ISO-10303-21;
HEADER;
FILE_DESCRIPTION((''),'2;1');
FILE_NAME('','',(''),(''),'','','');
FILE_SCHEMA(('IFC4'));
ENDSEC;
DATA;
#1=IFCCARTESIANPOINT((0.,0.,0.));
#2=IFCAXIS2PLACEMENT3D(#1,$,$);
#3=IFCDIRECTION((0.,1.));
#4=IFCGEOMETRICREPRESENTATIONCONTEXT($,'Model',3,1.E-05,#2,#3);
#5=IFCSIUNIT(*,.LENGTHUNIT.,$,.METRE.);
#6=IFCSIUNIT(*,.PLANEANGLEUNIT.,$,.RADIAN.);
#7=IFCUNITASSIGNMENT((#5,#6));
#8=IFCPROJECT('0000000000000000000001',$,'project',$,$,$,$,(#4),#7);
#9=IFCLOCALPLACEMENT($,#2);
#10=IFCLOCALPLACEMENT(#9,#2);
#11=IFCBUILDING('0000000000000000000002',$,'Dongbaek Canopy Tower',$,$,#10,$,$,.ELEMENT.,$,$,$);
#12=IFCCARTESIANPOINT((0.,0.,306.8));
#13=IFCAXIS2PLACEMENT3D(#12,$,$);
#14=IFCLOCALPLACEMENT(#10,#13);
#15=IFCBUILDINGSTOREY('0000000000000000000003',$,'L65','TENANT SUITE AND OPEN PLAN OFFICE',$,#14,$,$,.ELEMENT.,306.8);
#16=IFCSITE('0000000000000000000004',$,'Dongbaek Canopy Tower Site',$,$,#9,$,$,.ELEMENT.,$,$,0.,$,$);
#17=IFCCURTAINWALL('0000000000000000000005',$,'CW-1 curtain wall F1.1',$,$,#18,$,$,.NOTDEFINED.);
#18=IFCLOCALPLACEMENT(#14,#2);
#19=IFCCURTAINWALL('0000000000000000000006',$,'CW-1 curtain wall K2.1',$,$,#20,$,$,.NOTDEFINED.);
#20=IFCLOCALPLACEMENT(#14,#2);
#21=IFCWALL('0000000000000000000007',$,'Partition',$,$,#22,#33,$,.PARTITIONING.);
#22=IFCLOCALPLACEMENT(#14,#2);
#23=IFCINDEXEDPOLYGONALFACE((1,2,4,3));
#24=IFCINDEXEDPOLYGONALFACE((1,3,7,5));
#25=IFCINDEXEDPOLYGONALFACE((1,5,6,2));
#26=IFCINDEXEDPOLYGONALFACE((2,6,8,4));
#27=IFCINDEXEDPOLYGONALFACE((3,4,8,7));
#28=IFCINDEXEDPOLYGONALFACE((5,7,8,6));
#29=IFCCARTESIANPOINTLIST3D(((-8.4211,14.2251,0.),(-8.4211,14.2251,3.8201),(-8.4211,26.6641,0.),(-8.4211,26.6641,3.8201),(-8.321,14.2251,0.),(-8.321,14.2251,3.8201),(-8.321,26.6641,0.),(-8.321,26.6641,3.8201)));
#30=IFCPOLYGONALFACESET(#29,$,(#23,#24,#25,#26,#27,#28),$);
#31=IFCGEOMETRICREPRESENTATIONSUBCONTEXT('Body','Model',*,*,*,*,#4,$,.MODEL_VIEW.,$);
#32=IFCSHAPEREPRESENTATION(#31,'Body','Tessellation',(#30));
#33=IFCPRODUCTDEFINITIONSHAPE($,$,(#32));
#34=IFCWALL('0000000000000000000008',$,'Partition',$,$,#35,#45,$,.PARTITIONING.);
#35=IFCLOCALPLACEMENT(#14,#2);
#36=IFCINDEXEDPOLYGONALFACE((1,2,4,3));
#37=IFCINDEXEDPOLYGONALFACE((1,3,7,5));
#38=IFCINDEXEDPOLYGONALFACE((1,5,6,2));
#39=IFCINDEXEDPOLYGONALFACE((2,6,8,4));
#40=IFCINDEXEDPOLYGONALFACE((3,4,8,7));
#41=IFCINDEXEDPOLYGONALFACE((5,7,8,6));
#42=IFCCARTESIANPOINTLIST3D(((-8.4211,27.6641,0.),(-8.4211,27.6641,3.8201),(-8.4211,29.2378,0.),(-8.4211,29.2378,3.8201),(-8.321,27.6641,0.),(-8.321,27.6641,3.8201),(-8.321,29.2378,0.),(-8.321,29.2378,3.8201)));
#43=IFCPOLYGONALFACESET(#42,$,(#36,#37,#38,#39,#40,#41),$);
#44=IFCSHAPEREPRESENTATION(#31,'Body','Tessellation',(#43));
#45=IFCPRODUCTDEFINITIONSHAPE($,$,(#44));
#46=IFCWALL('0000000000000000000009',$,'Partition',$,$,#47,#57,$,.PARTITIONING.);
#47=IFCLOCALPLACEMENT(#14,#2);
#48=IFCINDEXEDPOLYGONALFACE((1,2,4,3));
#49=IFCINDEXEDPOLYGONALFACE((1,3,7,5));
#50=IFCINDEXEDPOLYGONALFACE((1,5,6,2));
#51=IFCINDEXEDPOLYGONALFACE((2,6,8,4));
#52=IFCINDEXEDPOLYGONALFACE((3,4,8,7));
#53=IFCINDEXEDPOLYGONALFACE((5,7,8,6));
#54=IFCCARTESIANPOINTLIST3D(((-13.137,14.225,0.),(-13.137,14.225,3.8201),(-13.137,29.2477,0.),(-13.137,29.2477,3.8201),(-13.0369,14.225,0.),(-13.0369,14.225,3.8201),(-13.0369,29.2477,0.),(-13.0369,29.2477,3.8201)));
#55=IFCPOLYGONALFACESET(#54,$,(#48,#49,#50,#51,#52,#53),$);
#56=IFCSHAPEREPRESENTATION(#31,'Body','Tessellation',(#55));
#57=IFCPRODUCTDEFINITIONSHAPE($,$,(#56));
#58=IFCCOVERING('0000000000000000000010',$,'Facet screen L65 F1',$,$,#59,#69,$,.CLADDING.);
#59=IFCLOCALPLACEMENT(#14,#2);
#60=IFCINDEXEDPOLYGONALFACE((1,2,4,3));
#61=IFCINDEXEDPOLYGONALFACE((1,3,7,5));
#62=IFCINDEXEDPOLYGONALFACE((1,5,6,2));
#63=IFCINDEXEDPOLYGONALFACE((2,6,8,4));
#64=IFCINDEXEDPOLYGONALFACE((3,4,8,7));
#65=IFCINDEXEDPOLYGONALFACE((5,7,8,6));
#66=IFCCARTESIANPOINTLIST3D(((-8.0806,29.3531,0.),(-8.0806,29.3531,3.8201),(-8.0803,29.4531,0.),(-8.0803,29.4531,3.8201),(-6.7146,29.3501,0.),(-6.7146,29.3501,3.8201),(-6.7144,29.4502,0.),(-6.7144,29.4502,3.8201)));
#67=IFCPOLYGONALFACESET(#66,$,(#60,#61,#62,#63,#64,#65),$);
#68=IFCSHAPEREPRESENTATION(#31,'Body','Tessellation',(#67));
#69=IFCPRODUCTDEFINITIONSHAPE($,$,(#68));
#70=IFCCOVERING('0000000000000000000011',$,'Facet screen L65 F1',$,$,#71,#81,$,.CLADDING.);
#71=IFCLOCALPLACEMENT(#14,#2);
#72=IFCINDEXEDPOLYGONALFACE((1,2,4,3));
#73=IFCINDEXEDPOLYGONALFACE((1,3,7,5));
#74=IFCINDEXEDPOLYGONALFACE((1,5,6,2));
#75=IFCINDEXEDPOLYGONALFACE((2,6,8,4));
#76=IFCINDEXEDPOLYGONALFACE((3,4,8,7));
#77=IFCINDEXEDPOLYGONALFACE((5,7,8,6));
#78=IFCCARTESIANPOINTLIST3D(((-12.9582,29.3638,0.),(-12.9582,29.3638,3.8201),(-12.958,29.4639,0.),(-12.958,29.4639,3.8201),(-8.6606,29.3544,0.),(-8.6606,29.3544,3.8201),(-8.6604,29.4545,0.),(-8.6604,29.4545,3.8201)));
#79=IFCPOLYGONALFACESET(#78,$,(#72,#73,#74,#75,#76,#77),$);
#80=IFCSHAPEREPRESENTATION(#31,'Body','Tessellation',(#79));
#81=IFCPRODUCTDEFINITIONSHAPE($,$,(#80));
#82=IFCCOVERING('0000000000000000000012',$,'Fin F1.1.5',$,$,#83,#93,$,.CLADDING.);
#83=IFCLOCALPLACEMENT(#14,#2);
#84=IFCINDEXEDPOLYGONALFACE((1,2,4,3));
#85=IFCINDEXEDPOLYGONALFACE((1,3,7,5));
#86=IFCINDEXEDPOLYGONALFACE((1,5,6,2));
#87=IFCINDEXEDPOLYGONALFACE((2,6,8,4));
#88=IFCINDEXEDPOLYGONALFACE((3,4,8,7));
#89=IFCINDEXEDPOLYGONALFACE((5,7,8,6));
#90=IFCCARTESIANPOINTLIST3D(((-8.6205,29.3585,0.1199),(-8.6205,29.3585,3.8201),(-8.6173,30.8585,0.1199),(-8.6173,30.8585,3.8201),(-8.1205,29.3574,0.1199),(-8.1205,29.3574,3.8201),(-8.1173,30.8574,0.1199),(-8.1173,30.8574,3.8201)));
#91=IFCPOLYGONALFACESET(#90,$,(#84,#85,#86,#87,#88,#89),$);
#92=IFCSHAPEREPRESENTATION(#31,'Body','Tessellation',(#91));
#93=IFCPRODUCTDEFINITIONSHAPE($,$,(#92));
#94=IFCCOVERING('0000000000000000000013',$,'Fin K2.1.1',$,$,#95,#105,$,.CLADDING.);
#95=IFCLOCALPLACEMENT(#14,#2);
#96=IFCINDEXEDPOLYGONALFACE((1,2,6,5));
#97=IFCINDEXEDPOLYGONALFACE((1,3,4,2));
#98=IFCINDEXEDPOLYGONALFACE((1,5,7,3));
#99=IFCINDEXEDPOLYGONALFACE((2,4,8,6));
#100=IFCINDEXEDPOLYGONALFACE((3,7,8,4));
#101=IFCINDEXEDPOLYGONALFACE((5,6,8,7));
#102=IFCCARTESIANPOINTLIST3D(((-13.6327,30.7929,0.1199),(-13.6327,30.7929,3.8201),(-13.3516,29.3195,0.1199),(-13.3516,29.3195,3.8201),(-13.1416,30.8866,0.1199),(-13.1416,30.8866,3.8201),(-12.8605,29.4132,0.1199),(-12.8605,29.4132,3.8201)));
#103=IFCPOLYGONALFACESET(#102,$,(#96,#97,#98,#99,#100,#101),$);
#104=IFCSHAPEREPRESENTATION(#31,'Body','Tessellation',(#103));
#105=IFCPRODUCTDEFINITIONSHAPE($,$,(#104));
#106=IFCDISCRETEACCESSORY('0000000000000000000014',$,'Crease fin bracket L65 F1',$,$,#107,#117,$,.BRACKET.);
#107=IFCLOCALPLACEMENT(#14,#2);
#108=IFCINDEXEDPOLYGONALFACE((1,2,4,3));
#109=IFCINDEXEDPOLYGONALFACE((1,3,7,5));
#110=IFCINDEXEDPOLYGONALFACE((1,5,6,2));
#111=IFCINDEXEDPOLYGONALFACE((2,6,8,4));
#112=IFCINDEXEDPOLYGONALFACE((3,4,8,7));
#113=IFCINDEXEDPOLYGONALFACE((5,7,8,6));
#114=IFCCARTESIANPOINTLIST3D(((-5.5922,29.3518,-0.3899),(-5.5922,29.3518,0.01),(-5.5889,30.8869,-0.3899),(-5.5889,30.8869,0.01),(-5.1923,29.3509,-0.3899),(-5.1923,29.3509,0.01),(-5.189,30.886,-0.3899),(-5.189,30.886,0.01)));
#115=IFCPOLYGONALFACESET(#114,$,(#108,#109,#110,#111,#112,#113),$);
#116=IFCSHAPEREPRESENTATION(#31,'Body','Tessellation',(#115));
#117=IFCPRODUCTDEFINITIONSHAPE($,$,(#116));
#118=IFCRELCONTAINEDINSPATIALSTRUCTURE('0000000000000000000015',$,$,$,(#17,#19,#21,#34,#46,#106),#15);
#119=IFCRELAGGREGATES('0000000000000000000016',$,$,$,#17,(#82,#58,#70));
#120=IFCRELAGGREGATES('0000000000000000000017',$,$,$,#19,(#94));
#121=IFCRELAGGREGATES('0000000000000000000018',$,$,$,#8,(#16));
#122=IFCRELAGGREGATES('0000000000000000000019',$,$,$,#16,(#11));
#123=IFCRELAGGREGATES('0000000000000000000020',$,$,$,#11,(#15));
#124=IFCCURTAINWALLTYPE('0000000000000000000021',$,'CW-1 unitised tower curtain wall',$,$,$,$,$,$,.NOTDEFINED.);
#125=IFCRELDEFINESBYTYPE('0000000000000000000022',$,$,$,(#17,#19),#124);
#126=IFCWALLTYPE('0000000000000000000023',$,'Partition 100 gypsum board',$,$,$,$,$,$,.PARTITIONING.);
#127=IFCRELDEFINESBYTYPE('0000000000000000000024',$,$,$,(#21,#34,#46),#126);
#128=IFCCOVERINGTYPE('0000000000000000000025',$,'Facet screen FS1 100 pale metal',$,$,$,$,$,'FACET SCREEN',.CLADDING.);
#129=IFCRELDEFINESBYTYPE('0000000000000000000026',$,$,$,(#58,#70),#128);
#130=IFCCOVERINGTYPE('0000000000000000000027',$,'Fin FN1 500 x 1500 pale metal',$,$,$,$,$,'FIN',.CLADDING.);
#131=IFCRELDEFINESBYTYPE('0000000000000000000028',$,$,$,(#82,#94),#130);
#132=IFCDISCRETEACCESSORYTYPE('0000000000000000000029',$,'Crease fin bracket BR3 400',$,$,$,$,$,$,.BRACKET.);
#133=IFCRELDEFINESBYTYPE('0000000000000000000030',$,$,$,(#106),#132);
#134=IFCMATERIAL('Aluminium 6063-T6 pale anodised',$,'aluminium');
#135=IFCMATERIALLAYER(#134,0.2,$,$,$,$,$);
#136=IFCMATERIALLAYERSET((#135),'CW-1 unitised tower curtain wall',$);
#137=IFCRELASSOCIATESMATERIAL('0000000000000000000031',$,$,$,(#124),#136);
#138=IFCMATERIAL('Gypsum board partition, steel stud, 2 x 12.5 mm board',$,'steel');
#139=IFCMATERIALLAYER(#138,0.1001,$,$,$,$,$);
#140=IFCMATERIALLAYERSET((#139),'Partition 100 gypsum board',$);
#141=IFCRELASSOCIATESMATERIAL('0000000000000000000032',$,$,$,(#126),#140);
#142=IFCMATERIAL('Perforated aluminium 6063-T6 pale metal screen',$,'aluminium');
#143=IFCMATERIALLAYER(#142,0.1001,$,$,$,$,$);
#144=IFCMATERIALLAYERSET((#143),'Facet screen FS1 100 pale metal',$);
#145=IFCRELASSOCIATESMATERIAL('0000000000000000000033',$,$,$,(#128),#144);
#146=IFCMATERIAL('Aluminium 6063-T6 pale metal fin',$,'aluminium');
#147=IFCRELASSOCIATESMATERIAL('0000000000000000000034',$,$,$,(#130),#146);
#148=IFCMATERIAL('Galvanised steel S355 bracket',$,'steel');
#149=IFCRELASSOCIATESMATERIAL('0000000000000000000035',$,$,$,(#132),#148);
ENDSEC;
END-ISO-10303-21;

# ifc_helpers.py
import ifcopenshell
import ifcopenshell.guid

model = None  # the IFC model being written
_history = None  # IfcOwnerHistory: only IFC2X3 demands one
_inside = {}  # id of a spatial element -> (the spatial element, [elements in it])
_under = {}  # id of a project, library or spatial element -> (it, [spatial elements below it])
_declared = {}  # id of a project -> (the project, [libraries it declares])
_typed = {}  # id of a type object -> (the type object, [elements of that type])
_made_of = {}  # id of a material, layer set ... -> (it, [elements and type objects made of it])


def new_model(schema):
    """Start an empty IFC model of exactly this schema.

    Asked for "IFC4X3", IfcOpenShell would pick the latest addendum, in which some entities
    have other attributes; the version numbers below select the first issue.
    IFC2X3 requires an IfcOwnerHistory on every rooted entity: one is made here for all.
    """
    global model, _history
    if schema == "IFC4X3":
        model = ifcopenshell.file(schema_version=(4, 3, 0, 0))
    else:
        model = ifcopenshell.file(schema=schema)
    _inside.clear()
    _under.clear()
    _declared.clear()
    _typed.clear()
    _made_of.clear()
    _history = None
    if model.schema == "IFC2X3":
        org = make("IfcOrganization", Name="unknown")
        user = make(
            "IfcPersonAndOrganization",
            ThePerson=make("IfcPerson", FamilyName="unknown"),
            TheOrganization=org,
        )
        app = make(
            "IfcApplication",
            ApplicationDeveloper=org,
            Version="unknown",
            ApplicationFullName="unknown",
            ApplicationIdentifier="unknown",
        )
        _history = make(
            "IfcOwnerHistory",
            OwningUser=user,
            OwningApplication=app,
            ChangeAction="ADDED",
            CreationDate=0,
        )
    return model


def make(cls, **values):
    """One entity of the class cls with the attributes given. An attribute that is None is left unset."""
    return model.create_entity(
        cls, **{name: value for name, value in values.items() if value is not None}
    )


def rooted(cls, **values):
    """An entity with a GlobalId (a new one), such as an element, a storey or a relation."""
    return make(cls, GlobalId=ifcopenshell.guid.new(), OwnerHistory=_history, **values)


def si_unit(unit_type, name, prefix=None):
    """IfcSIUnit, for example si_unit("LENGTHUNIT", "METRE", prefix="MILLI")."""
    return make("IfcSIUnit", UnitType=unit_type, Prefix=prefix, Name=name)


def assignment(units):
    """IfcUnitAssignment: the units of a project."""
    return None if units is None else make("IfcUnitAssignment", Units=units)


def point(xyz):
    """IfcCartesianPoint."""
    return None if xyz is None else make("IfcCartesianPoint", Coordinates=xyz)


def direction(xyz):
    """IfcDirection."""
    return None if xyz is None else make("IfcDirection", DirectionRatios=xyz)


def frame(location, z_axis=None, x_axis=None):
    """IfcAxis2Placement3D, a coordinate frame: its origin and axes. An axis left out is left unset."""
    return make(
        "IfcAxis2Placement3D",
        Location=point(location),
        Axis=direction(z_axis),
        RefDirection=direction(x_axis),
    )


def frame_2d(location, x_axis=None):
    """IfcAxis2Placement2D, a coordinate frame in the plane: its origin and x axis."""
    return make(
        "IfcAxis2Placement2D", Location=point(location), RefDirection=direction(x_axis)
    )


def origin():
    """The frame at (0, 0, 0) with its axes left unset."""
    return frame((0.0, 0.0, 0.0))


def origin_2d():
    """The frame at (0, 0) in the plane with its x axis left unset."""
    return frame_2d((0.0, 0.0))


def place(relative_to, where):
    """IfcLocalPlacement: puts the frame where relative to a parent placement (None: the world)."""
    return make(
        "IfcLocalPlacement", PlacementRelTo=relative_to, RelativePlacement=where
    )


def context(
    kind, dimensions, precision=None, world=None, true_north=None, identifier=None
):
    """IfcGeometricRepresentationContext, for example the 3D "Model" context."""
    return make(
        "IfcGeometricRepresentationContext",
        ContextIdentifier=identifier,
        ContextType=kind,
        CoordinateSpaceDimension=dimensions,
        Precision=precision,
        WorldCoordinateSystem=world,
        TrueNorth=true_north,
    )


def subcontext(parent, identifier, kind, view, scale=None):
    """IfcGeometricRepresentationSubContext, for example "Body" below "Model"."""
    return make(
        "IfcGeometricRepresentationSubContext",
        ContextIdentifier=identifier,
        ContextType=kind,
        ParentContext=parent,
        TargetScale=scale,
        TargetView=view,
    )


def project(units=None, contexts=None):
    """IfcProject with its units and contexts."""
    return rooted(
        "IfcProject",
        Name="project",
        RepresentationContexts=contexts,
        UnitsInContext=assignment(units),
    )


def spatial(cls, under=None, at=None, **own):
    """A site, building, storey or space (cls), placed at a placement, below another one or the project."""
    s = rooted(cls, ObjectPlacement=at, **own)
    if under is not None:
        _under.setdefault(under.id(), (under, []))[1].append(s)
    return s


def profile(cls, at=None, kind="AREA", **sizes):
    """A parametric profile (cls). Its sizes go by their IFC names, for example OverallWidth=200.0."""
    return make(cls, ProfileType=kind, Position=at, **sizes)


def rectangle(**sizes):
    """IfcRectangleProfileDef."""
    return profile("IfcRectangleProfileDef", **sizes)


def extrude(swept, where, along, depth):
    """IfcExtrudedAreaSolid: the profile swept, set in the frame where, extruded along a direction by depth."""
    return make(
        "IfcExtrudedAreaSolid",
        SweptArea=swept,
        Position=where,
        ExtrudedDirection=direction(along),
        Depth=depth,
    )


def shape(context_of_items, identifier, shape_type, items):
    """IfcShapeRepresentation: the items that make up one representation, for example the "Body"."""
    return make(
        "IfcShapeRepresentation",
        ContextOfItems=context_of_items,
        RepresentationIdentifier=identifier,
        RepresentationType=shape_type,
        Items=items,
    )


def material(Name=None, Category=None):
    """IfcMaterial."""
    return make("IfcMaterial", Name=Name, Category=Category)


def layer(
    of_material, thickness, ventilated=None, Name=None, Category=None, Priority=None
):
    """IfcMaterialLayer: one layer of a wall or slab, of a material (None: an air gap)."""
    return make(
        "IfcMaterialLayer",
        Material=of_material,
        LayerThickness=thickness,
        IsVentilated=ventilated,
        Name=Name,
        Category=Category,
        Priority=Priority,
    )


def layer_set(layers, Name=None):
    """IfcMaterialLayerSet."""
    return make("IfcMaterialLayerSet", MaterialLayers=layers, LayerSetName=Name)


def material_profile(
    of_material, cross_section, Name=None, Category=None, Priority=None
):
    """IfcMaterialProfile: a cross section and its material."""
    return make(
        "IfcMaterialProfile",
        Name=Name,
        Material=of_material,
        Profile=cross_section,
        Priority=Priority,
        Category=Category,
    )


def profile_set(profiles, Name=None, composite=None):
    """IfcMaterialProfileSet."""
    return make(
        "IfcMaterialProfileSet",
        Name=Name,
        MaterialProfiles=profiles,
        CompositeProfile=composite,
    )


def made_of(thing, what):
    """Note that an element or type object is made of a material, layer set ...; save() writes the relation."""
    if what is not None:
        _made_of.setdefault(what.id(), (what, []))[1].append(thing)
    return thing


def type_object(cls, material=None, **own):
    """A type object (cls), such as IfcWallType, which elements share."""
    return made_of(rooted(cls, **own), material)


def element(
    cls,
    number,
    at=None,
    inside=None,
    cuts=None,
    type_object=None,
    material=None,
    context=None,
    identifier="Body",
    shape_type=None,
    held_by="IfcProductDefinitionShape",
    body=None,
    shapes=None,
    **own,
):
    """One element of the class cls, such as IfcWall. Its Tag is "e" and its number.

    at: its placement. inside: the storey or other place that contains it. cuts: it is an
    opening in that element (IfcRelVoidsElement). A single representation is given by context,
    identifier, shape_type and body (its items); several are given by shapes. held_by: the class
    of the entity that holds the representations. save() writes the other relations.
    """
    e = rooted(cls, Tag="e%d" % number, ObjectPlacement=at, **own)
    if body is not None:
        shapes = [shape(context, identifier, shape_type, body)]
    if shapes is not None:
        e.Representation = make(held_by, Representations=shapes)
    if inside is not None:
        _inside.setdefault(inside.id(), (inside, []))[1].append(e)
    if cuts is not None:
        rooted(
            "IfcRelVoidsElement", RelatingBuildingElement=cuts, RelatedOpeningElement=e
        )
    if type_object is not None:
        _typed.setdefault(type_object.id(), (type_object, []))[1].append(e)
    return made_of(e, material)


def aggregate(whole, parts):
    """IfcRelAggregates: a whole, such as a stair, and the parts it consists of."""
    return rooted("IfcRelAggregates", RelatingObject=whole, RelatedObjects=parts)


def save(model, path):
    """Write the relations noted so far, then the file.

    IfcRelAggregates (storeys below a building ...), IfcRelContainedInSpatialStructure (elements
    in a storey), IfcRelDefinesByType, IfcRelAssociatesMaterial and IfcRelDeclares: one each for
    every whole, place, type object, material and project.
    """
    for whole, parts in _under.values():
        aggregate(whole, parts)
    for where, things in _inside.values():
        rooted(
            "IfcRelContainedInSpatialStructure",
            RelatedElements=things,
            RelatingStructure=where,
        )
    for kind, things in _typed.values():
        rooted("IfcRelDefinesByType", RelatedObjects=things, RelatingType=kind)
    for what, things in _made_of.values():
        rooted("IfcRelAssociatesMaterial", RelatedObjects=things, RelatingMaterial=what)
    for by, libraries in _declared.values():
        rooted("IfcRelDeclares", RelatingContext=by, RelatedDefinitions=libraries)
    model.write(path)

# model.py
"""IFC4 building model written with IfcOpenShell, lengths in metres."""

from ifc_helpers import new_model, si_unit, direction, frame, frame_2d, origin, origin_2d, place, context, subcontext, project, spatial, rectangle, extrude, material, layer, layer_set, material_profile, profile_set, type_object, element, aggregate, save


model = new_model("IFC4")

# Units and contexts
model_context = context("Model", 3, precision=1e-05, world=origin(), true_north=direction((0.0, 1.0)))
body_context = subcontext(model_context, "Body", "Model", "MODEL_VIEW")
ifc_project = project(units=[si_unit("LENGTHUNIT", "METRE"), si_unit("PLANEANGLEUNIT", "RADIAN")], contexts=[model_context])

# Site, building, storey
site_placement = place(None, origin())
site = spatial("IfcSite", under=ifc_project, at=site_placement, Name="Dongbaek Canopy Tower Site", CompositionType="ELEMENT", RefElevation=0.0)
building_placement = place(site_placement, origin())
building = spatial("IfcBuilding", under=site, at=building_placement, Name="Dongbaek Canopy Tower", CompositionType="ELEMENT")
storey_placement = place(building_placement, frame((0.0, 0.0, 306.8)))
storey = spatial("IfcBuildingStorey", under=building, at=storey_placement, Name="L65", Description="TENANT SUITE AND OPEN PLAN OFFICE", CompositionType="ELEMENT", Elevation=306.8)

# Curtain wall
ifc_material_1 = material(Name="Aluminium 6063-T6 pale anodised", Category="aluminium")
ifc_layer_1 = layer(ifc_material_1, 0.2)
ifc_layer_set_1 = layer_set([ifc_layer_1], Name="CW-1 unitised tower curtain wall")
curtain_wall_type = type_object("IfcCurtainWallType", Name="CW-1 unitised tower curtain wall", PredefinedType="NOTDEFINED", material=ifc_layer_set_1)
curtain_wall_1_placement = place(storey_placement, origin())
curtain_wall_1 = element("IfcCurtainWall", 1, at=curtain_wall_1_placement, inside=storey, type_object=curtain_wall_type, Name="CW-1 curtain wall F1.1", PredefinedType="NOTDEFINED")

# Curtain wall
curtain_wall_2_placement = place(storey_placement, origin())
curtain_wall_2 = element("IfcCurtainWall", 2, at=curtain_wall_2_placement, inside=storey, type_object=curtain_wall_type, Name="CW-1 curtain wall K2.1", PredefinedType="NOTDEFINED")

# Walls
ifc_material_2 = material(Name="Gypsum board partition, steel stud, 2 x 12.5 mm board", Category="steel")
ifc_layer_2 = layer(ifc_material_2, 0.1001)
ifc_layer_set_2 = layer_set([ifc_layer_2], Name="Partition 100 gypsum board")
wall_type = type_object("IfcWallType", Name="Partition 100 gypsum board", PredefinedType="PARTITIONING", material=ifc_layer_set_2)
wall_1_placement = place(storey_placement, frame((-8.3711, 14.2251, 0.0), z_axis=(0.0, 0.0, 1.0), x_axis=(0.0, 1.0, 0.0)))
element("IfcWall", 3, at=wall_1_placement, inside=storey, type_object=wall_type, Name="Partition", PredefinedType="PARTITIONING", context=body_context, shape_type="SweptSolid", body=[
    extrude(rectangle(XDim=12.439, YDim=0.1001, at=frame_2d((6.2195, 0.0))), origin(), (0.0, 0.0, 1.0), 3.8201),
])
wall_2_placement = place(storey_placement, frame((-8.3711, 27.6641, 0.0), z_axis=(0.0, 0.0, 1.0), x_axis=(0.0, 1.0, 0.0)))
element("IfcWall", 4, at=wall_2_placement, inside=storey, type_object=wall_type, Name="Partition", PredefinedType="PARTITIONING", context=body_context, shape_type="SweptSolid", body=[
    extrude(rectangle(XDim=1.5737, YDim=0.1001, at=frame_2d((0.7869, 0.0))), origin(), (0.0, 0.0, 1.0), 3.8201),
])
wall_3_placement = place(storey_placement, frame((-13.0869, 14.2251, 0.0), z_axis=(0.0, 0.0, 1.0), x_axis=(0.0, 1.0, 0.0)))
element("IfcWall", 5, at=wall_3_placement, inside=storey, type_object=wall_type, Name="Partition", PredefinedType="PARTITIONING", context=body_context, shape_type="SweptSolid", body=[
    extrude(rectangle(XDim=15.0227, YDim=0.1001, at=frame_2d((7.5112, 0.0))), origin(), (0.0, 0.0, 1.0), 3.8201),
])

# Coverings
ifc_material_3 = material(Name="Perforated aluminium 6063-T6 pale metal screen", Category="aluminium")
ifc_layer_3 = layer(ifc_material_3, 0.1001)
ifc_layer_set_3 = layer_set([ifc_layer_3], Name="Facet screen FS1 100 pale metal")
covering_type_1 = type_object("IfcCoveringType", Name="Facet screen FS1 100 pale metal", ElementType="FACET SCREEN", PredefinedType="CLADDING", material=ifc_layer_set_3)
covering_1_placement = place(storey_placement, frame((-7.3975, 29.4016, 0.0), z_axis=(0.0, 0.0, 1.0), x_axis=(-0.999998, 0.00218, 0.0)))
covering_1 = element("IfcCovering", 6, at=covering_1_placement, type_object=covering_type_1, Name="Facet screen L65 F1", PredefinedType="CLADDING", context=body_context, shape_type="SweptSolid", body=[
    extrude(rectangle(XDim=1.366, YDim=0.1001, at=origin_2d()), origin(), (0.0, 0.0, 1.0), 3.8201),
])
covering_2_placement = place(storey_placement, frame((-10.8093, 29.4092, 0.0), z_axis=(0.0, 0.0, 1.0), x_axis=(-0.999998, 0.00218, 0.0)))
covering_2 = element("IfcCovering", 7, at=covering_2_placement, type_object=covering_type_1, Name="Facet screen L65 F1", PredefinedType="CLADDING", context=body_context, shape_type="SweptSolid", body=[
    extrude(rectangle(XDim=4.2976, YDim=0.1001, at=origin_2d()), origin(), (0.0, 0.0, 1.0), 3.8201),
])
ifc_material_4 = material(Name="Aluminium 6063-T6 pale metal fin", Category="aluminium")
ifc_material_profile_1 = material_profile(ifc_material_4, rectangle(XDim=1.5, YDim=0.5, at=origin_2d()), Name="Fin FN1 500 x 1500 pale metal")
ifc_profile_set_1 = profile_set([ifc_material_profile_1], Name="Aluminium 6063-T6 pale metal fin")
covering_type_2 = type_object("IfcCoveringType", Name="Fin FN1 500 x 1500 pale metal", ElementType="FIN", PredefinedType="CLADDING", material=ifc_profile_set_1)
covering_3_placement = place(storey_placement, frame((-8.3689, 30.1079, 0.1199), z_axis=(0.0, 0.0, 1.0), x_axis=(0.00218, 0.999998, 0.0)))
covering_3 = element("IfcCovering", 8, at=covering_3_placement, type_object=covering_type_2, Name="Fin F1.1.5", PredefinedType="CLADDING", context=body_context, shape_type="SweptSolid", body=[
    extrude(rectangle(XDim=1.5, YDim=0.5, at=origin_2d()), origin(), (0.0, 0.0, 1.0), 3.7002),
])
aggregate(curtain_wall_1, [covering_3, covering_1, covering_2])
covering_4_placement = place(storey_placement, frame((-13.2466, 30.103, 0.1199), z_axis=(0.0, 0.0, 1.0), x_axis=(-0.187413, 0.982281, 0.0)))
covering_4 = element("IfcCovering", 9, at=covering_4_placement, type_object=covering_type_2, Name="Fin K2.1.1", PredefinedType="CLADDING", context=body_context, shape_type="SweptSolid", body=[
    extrude(rectangle(XDim=1.5, YDim=0.5, at=origin_2d()), origin(), (0.0, 0.0, 1.0), 3.7002),
])
aggregate(curtain_wall_2, [covering_4])

# Discrete accessory
ifc_material_5 = material(Name="Galvanised steel S355 bracket", Category="steel")
discrete_accessory_type = type_object("IfcDiscreteAccessoryType", Name="Crease fin bracket BR3 400", PredefinedType="BRACKET", material=ifc_material_5)
discrete_accessory_placement = place(storey_placement, frame((-5.3906, 30.1189, -0.3899), z_axis=(0.0, 0.0, 1.0), x_axis=(0.00218, 0.999998, 0.0)))
element("IfcDiscreteAccessory", 10, at=discrete_accessory_placement, inside=storey, type_object=discrete_accessory_type, Name="Crease fin bracket L65 F1", PredefinedType="BRACKET", context=body_context, shape_type="SweptSolid", body=[
    extrude(rectangle(XDim=1.5352, YDim=0.3999, at=origin_2d()), origin(), (0.0, 0.0, 1.0), 0.3999),
])

save(model, "model.ifc")
